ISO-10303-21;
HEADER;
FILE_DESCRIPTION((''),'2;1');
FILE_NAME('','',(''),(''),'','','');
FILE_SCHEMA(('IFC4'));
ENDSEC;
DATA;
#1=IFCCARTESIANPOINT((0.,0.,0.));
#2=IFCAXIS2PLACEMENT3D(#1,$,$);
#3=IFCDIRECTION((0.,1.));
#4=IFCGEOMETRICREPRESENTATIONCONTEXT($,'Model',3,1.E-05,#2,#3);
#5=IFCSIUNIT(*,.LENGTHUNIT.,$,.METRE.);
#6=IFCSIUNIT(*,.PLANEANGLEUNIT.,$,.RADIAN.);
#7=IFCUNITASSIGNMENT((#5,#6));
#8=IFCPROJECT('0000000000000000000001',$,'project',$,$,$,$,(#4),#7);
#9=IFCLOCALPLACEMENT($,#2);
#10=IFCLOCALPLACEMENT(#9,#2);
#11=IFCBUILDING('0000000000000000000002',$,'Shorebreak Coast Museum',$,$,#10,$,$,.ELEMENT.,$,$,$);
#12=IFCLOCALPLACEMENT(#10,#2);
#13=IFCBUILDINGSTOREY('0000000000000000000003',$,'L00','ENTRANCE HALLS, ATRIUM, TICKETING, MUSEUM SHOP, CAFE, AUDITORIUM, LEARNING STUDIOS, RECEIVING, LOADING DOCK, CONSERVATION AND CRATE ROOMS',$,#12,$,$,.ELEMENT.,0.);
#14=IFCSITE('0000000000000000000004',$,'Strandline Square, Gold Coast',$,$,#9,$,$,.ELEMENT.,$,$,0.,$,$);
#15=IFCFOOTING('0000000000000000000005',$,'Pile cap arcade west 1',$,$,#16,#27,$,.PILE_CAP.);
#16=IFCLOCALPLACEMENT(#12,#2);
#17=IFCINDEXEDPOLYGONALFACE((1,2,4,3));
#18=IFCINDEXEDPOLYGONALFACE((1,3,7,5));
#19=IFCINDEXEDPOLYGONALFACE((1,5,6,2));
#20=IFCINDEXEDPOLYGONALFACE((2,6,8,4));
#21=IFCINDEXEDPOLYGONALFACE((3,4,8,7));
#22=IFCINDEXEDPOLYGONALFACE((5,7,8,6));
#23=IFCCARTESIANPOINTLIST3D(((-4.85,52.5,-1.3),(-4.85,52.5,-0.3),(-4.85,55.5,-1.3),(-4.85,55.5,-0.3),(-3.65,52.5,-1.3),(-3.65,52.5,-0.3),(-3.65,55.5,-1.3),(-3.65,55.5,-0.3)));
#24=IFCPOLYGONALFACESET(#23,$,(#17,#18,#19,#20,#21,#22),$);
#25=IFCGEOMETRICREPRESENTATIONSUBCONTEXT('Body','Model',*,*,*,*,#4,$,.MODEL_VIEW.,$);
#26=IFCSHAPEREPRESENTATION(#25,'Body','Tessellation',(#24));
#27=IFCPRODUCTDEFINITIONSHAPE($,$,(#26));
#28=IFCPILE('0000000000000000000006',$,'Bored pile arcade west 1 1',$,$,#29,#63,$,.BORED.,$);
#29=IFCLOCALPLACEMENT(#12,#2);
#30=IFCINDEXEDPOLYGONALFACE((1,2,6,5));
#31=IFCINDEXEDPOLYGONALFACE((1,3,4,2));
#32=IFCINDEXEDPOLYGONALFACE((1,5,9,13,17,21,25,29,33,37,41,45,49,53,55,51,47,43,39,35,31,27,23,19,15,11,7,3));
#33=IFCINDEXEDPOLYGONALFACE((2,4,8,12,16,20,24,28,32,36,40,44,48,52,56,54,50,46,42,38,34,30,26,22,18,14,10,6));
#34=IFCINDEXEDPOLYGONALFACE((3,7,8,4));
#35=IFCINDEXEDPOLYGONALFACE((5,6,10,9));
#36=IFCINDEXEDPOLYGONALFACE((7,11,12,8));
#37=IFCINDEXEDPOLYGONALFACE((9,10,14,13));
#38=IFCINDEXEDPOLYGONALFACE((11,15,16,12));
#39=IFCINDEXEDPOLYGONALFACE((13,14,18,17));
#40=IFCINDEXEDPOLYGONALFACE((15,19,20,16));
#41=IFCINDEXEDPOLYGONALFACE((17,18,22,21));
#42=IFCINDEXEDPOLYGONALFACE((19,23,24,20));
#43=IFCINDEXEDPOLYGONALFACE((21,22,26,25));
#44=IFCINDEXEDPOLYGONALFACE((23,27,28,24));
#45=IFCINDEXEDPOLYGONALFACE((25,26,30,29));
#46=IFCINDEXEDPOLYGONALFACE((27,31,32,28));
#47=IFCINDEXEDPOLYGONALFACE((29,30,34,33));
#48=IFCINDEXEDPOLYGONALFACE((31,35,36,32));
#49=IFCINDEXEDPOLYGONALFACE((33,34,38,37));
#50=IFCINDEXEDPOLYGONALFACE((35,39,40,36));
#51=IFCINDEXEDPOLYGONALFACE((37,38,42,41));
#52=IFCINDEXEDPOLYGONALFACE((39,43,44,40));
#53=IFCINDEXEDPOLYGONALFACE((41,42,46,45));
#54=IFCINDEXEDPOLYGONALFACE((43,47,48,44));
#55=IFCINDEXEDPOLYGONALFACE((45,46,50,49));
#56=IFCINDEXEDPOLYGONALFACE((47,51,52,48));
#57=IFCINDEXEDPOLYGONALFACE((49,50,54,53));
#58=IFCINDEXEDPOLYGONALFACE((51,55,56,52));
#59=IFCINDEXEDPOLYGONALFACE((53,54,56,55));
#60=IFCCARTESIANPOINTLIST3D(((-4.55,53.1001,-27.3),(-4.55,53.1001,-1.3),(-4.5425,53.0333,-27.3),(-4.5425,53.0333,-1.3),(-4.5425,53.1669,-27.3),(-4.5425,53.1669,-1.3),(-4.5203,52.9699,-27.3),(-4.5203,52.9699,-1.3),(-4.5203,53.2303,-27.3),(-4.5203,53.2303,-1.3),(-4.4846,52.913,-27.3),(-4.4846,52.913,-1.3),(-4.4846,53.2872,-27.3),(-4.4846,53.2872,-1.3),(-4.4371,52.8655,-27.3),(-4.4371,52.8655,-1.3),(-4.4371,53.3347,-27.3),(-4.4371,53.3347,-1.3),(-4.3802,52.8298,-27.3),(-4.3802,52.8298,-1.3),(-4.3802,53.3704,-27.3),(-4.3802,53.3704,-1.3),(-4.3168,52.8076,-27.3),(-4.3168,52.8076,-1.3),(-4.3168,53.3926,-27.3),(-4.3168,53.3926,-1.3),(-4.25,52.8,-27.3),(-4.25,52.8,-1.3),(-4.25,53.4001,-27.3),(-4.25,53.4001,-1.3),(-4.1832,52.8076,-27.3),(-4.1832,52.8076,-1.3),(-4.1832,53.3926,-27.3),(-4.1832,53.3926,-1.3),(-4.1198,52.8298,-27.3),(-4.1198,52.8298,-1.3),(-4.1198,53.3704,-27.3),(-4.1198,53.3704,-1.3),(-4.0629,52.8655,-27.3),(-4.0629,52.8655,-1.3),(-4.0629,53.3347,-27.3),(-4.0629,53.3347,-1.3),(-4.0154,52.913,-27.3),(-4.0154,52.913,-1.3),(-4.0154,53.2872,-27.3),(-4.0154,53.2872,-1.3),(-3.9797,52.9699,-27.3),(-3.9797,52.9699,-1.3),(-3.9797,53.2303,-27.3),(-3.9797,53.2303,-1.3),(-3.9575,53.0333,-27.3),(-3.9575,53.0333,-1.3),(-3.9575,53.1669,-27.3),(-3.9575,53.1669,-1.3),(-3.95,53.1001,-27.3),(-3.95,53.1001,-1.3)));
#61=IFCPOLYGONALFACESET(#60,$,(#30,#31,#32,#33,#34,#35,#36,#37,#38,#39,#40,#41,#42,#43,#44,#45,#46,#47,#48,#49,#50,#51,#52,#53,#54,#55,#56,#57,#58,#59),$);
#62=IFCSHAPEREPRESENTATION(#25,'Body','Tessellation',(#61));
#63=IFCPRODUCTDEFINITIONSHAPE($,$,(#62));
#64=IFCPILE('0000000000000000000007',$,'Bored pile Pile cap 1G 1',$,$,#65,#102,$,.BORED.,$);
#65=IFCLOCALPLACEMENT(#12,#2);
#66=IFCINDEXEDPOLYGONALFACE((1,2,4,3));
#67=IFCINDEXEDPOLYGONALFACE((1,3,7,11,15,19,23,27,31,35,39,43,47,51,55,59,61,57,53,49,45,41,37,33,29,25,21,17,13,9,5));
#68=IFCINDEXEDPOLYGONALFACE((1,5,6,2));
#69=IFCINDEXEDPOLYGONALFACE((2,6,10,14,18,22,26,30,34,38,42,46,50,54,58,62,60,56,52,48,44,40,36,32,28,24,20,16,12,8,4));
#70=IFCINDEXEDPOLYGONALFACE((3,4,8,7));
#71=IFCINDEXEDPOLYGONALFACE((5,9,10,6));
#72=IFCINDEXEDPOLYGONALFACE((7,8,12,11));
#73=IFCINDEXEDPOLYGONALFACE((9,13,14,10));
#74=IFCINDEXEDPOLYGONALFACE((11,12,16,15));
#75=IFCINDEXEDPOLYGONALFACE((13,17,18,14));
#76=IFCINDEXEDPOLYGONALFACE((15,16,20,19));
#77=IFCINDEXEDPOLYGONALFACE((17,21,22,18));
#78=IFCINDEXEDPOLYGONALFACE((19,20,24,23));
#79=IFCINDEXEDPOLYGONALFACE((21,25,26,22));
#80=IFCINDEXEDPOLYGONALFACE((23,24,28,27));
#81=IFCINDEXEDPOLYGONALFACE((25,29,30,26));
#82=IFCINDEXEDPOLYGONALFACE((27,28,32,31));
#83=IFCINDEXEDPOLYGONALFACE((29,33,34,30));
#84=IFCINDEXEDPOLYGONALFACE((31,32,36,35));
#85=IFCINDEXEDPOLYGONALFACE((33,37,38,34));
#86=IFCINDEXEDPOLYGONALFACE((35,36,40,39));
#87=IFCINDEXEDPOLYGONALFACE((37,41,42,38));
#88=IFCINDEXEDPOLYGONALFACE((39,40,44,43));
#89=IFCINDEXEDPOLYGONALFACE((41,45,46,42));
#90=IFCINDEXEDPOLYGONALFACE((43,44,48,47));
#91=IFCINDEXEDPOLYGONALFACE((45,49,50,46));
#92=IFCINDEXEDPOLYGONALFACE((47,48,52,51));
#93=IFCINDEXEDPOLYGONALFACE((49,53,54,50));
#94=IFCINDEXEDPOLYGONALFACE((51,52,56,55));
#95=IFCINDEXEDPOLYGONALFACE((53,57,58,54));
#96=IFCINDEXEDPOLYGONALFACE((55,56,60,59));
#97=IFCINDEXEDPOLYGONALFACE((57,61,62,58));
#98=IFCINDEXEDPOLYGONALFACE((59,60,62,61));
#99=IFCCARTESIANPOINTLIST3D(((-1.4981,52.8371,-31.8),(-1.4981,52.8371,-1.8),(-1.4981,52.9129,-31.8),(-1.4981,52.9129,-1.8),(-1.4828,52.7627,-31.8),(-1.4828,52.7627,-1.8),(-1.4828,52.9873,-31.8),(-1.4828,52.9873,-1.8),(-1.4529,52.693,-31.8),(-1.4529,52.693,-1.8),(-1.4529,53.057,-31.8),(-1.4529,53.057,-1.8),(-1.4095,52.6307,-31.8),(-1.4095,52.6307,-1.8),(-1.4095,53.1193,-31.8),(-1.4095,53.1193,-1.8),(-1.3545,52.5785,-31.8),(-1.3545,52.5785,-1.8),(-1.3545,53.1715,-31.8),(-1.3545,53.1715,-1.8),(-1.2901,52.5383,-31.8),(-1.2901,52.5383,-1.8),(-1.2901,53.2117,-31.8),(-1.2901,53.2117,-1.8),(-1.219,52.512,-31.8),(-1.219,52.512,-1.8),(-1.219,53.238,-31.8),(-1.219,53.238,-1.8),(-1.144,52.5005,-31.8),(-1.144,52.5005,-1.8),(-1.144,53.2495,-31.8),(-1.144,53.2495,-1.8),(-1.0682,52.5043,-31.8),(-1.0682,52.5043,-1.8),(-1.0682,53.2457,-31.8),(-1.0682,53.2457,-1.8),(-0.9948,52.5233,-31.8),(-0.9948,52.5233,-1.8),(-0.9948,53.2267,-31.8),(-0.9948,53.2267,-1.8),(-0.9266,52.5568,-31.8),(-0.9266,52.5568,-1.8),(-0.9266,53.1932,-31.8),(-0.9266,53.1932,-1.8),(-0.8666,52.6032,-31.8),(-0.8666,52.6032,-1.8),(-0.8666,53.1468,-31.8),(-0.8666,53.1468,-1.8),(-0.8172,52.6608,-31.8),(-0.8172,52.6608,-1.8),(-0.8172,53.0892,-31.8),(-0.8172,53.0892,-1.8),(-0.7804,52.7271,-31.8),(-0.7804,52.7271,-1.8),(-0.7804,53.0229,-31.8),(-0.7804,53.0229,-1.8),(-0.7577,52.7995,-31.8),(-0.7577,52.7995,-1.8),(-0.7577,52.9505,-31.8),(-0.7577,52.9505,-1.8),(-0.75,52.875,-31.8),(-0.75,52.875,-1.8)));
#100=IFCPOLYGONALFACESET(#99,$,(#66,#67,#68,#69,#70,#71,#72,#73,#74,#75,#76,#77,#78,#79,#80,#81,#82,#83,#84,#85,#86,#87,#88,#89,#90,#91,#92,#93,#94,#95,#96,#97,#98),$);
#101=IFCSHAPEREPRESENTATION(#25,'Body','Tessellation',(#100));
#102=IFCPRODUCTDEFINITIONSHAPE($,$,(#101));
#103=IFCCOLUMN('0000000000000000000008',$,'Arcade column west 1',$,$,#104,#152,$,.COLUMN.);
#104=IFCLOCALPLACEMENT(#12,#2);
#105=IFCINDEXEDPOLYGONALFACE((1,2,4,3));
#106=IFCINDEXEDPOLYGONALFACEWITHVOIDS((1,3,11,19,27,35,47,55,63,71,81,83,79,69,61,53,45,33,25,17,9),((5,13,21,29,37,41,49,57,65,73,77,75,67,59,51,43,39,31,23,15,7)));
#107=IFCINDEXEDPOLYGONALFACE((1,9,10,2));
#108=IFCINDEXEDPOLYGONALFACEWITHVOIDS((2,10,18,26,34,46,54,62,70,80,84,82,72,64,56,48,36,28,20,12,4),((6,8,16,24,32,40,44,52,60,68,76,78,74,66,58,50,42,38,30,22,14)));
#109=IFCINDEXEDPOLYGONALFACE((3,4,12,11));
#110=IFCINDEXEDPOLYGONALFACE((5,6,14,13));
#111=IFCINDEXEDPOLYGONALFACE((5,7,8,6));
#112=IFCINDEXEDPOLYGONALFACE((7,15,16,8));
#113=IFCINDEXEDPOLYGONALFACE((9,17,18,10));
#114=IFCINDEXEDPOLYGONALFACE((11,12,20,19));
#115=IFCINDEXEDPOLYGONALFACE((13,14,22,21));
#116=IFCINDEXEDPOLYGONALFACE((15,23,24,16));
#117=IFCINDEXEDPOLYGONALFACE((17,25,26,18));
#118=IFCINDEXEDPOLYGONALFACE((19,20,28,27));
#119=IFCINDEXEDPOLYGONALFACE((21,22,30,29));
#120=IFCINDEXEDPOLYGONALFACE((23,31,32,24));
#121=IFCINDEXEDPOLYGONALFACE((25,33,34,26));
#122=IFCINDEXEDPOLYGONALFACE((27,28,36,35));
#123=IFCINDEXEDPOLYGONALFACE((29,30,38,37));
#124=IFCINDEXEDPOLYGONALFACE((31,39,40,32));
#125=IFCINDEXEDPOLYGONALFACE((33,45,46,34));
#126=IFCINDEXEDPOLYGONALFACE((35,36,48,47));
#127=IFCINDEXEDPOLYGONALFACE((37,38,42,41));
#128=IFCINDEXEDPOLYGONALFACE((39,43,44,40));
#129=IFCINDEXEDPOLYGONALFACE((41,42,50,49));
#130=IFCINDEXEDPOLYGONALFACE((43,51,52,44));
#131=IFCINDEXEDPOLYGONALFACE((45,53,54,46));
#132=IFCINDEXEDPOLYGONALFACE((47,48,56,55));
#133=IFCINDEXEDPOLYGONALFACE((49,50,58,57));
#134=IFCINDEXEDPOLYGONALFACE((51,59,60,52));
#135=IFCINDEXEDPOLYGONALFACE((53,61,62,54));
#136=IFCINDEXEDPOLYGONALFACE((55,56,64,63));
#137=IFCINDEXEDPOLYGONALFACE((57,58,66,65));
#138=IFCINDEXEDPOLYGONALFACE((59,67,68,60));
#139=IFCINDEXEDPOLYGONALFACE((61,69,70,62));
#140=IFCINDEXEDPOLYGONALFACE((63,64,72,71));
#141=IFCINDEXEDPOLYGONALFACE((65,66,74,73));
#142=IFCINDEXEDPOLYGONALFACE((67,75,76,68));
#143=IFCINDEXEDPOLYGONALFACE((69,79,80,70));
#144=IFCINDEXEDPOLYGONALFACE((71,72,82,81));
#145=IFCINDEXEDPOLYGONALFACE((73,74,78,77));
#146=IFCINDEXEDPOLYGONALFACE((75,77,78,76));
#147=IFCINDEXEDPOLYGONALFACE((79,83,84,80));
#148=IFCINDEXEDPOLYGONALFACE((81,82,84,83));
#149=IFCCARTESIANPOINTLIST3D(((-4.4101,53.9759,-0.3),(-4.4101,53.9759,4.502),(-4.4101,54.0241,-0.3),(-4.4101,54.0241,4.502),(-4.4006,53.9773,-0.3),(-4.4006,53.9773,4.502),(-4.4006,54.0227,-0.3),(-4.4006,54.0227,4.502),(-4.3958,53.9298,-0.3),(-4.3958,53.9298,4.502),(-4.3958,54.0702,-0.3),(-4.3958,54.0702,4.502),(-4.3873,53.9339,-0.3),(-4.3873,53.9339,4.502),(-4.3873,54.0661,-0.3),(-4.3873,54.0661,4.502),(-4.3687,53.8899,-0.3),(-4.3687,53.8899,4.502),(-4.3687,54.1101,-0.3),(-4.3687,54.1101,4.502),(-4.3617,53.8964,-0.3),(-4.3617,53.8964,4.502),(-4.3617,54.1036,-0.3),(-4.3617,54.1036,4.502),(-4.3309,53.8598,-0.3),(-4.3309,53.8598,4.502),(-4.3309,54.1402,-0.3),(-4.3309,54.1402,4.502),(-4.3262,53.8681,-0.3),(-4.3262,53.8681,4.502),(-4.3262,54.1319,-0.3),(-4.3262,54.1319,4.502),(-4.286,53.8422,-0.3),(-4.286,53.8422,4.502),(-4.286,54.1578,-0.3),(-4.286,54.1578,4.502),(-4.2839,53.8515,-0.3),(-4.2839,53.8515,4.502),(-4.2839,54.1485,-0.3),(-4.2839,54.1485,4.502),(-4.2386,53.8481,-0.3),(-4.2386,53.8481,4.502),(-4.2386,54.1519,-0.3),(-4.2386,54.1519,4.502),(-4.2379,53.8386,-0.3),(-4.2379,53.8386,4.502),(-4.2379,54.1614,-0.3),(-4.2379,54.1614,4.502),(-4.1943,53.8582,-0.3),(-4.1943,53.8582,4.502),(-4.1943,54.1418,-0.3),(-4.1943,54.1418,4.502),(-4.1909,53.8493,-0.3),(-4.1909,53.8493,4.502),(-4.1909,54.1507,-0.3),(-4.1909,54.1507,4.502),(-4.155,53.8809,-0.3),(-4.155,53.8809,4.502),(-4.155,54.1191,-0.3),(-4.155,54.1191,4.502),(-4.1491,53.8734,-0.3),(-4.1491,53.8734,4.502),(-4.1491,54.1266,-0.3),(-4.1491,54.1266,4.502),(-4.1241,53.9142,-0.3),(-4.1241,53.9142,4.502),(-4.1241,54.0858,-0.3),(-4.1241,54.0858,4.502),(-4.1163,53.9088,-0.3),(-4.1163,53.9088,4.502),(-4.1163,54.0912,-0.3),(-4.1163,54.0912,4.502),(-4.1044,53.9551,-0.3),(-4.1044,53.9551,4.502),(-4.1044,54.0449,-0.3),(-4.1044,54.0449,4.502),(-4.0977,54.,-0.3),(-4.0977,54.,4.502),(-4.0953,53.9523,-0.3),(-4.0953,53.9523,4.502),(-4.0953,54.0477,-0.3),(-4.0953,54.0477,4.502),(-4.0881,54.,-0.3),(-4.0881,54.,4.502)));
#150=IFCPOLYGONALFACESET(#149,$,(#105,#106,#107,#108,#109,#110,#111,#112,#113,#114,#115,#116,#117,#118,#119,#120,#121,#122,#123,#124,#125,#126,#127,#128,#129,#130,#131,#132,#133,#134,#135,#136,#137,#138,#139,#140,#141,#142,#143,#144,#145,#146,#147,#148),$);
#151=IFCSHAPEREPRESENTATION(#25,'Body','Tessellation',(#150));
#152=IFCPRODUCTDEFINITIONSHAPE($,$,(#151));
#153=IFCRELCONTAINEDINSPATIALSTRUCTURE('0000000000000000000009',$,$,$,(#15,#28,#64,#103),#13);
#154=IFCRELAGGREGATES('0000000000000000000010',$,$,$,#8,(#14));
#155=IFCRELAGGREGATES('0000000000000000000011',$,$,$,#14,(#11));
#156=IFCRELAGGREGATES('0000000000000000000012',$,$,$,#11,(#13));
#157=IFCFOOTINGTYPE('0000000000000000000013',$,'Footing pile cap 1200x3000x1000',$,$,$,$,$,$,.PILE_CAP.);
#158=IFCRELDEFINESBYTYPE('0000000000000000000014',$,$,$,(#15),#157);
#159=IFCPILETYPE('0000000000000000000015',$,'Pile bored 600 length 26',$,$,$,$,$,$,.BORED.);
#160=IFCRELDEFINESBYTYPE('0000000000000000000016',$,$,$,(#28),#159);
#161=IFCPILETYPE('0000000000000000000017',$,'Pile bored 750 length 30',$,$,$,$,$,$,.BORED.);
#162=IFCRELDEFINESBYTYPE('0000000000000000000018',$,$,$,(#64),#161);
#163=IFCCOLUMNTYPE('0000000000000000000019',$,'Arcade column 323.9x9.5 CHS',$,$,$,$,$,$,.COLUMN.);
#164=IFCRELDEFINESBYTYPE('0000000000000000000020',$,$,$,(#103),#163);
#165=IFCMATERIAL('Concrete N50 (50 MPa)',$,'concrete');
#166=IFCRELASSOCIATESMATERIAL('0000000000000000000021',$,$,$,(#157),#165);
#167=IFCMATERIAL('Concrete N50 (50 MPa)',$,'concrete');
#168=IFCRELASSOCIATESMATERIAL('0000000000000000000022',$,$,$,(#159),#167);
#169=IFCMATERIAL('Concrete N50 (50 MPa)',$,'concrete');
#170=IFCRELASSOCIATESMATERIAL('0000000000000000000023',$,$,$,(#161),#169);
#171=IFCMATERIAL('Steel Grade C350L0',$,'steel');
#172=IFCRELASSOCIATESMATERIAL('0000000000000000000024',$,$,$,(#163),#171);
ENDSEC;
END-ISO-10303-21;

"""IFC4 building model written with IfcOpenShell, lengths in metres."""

from ifc_helpers import new_model, si_unit, direction, frame, origin, origin_2d, place, context, subcontext, project, spatial, rectangle, circle, hollow_circle, extrude, material, material_profile, profile_set, type_object, element, save


model = new_model("IFC4")

# Units and contexts
model_context = context("Model", 3, precision=1e-05, world=origin(), true_north=direction((0.0, 1.0)))
body_context = subcontext(model_context, "Body", "Model", "MODEL_VIEW")
ifc_project = project(units=[si_unit("LENGTHUNIT", "METRE"), si_unit("PLANEANGLEUNIT", "RADIAN")], contexts=[model_context])

# Site, building, storey
site_placement = place(None, origin())
site = spatial("IfcSite", under=ifc_project, at=site_placement, Name="Strandline Square, Gold Coast", CompositionType="ELEMENT", RefElevation=0.0)
building_placement = place(site_placement, origin())
building = spatial("IfcBuilding", under=site, at=building_placement, Name="Shorebreak Coast Museum", CompositionType="ELEMENT")
storey_placement = place(building_placement, origin())
storey = spatial("IfcBuildingStorey", under=building, at=storey_placement, Name="L00", Description="ENTRANCE HALLS, ATRIUM, TICKETING, MUSEUM SHOP, CAFE, AUDITORIUM, LEARNING STUDIOS, RECEIVING, LOADING DOCK, CONSERVATION AND CRATE ROOMS", CompositionType="ELEMENT", Elevation=0.0)

# Footing
ifc_material_1 = material(Name="Concrete N50 (50 MPa)", Category="concrete")
footing_type = type_object("IfcFootingType", Name="Footing pile cap 1200x3000x1000", PredefinedType="PILE_CAP", material=ifc_material_1)
footing_placement = place(storey_placement, frame((-4.25, 54.0, -1.3), z_axis=(0.0, 0.0, 1.0), x_axis=(1.0, 0.0, 0.0)))
element("IfcFooting", 1, at=footing_placement, inside=storey, type_object=footing_type, Name="Pile cap arcade west 1", PredefinedType="PILE_CAP", context=body_context, shape_type="SweptSolid", body=[
    extrude(rectangle(XDim=1.2, YDim=3.0, at=origin_2d()), origin(), (0.0, 0.0, 1.0), 1.0),
])

# Piles
ifc_material_2 = material(Name="Concrete N50 (50 MPa)", Category="concrete")
ifc_material_profile_1 = material_profile(ifc_material_2, circle(Radius=0.3, at=origin_2d()), Name="Pile bored 600 length 26")
ifc_profile_set_1 = profile_set([ifc_material_profile_1], Name="Concrete N50 (50 MPa)")
pile_type_1 = type_object("IfcPileType", Name="Pile bored 600 length 26", PredefinedType="BORED", material=ifc_profile_set_1)
pile_1_placement = place(storey_placement, frame((-4.25, 53.1001, -1.3), z_axis=(0.0, 0.0, -1.0), x_axis=(1.0, 0.0, 0.0)))
element("IfcPile", 2, at=pile_1_placement, inside=storey, type_object=pile_type_1, Name="Bored pile arcade west 1 1", PredefinedType="BORED", context=body_context, shape_type="SweptSolid", body=[
    extrude(circle(Radius=0.3, at=origin_2d()), origin(), (0.0, 0.0, 1.0), 26.0),
])
ifc_material_3 = material(Name="Concrete N50 (50 MPa)", Category="concrete")
ifc_material_profile_2 = material_profile(ifc_material_3, circle(Radius=0.375, at=origin_2d()), Name="Pile bored 750 length 30")
ifc_profile_set_2 = profile_set([ifc_material_profile_2], Name="Concrete N50 (50 MPa)")
pile_type_2 = type_object("IfcPileType", Name="Pile bored 750 length 30", PredefinedType="BORED", material=ifc_profile_set_2)
pile_2_placement = place(storey_placement, frame((-1.125, 52.875, -1.8), z_axis=(0.0, 0.0, -1.0), x_axis=(1.0, 0.0, 0.0)))
element("IfcPile", 3, at=pile_2_placement, inside=storey, type_object=pile_type_2, Name="Bored pile Pile cap 1G 1", PredefinedType="BORED", context=body_context, shape_type="SweptSolid", body=[
    extrude(circle(Radius=0.375, at=origin_2d()), origin(), (0.0, 0.0, 1.0), 30.0),
])

# Column
ifc_material_4 = material(Name="Steel Grade C350L0", Category="steel")
ifc_material_profile_3 = material_profile(ifc_material_4, hollow_circle(Radius=0.1619, WallThickness=0.0095, at=origin_2d()), Name="323.9x9.5 CHS")
ifc_profile_set_3 = profile_set([ifc_material_profile_3], Name="Steel Grade C350L0")
column_type = type_object("IfcColumnType", Name="Arcade column 323.9x9.5 CHS", PredefinedType="COLUMN", material=ifc_profile_set_3)
column_placement = place(storey_placement, frame((-4.25, 54.0, -0.3), z_axis=(0.0, 0.0, 1.0), x_axis=(1.0, 0.0, 0.0)))
element("IfcColumn", 4, at=column_placement, inside=storey, type_object=column_type, Name="Arcade column west 1", PredefinedType="COLUMN", context=body_context, shape_type="SweptSolid", body=[
    extrude(hollow_circle(Radius=0.1619, WallThickness=0.0095, at=origin_2d()), origin(), (0.0, 0.0, 1.0), 4.802),
])

save(model, "model.ifc")
